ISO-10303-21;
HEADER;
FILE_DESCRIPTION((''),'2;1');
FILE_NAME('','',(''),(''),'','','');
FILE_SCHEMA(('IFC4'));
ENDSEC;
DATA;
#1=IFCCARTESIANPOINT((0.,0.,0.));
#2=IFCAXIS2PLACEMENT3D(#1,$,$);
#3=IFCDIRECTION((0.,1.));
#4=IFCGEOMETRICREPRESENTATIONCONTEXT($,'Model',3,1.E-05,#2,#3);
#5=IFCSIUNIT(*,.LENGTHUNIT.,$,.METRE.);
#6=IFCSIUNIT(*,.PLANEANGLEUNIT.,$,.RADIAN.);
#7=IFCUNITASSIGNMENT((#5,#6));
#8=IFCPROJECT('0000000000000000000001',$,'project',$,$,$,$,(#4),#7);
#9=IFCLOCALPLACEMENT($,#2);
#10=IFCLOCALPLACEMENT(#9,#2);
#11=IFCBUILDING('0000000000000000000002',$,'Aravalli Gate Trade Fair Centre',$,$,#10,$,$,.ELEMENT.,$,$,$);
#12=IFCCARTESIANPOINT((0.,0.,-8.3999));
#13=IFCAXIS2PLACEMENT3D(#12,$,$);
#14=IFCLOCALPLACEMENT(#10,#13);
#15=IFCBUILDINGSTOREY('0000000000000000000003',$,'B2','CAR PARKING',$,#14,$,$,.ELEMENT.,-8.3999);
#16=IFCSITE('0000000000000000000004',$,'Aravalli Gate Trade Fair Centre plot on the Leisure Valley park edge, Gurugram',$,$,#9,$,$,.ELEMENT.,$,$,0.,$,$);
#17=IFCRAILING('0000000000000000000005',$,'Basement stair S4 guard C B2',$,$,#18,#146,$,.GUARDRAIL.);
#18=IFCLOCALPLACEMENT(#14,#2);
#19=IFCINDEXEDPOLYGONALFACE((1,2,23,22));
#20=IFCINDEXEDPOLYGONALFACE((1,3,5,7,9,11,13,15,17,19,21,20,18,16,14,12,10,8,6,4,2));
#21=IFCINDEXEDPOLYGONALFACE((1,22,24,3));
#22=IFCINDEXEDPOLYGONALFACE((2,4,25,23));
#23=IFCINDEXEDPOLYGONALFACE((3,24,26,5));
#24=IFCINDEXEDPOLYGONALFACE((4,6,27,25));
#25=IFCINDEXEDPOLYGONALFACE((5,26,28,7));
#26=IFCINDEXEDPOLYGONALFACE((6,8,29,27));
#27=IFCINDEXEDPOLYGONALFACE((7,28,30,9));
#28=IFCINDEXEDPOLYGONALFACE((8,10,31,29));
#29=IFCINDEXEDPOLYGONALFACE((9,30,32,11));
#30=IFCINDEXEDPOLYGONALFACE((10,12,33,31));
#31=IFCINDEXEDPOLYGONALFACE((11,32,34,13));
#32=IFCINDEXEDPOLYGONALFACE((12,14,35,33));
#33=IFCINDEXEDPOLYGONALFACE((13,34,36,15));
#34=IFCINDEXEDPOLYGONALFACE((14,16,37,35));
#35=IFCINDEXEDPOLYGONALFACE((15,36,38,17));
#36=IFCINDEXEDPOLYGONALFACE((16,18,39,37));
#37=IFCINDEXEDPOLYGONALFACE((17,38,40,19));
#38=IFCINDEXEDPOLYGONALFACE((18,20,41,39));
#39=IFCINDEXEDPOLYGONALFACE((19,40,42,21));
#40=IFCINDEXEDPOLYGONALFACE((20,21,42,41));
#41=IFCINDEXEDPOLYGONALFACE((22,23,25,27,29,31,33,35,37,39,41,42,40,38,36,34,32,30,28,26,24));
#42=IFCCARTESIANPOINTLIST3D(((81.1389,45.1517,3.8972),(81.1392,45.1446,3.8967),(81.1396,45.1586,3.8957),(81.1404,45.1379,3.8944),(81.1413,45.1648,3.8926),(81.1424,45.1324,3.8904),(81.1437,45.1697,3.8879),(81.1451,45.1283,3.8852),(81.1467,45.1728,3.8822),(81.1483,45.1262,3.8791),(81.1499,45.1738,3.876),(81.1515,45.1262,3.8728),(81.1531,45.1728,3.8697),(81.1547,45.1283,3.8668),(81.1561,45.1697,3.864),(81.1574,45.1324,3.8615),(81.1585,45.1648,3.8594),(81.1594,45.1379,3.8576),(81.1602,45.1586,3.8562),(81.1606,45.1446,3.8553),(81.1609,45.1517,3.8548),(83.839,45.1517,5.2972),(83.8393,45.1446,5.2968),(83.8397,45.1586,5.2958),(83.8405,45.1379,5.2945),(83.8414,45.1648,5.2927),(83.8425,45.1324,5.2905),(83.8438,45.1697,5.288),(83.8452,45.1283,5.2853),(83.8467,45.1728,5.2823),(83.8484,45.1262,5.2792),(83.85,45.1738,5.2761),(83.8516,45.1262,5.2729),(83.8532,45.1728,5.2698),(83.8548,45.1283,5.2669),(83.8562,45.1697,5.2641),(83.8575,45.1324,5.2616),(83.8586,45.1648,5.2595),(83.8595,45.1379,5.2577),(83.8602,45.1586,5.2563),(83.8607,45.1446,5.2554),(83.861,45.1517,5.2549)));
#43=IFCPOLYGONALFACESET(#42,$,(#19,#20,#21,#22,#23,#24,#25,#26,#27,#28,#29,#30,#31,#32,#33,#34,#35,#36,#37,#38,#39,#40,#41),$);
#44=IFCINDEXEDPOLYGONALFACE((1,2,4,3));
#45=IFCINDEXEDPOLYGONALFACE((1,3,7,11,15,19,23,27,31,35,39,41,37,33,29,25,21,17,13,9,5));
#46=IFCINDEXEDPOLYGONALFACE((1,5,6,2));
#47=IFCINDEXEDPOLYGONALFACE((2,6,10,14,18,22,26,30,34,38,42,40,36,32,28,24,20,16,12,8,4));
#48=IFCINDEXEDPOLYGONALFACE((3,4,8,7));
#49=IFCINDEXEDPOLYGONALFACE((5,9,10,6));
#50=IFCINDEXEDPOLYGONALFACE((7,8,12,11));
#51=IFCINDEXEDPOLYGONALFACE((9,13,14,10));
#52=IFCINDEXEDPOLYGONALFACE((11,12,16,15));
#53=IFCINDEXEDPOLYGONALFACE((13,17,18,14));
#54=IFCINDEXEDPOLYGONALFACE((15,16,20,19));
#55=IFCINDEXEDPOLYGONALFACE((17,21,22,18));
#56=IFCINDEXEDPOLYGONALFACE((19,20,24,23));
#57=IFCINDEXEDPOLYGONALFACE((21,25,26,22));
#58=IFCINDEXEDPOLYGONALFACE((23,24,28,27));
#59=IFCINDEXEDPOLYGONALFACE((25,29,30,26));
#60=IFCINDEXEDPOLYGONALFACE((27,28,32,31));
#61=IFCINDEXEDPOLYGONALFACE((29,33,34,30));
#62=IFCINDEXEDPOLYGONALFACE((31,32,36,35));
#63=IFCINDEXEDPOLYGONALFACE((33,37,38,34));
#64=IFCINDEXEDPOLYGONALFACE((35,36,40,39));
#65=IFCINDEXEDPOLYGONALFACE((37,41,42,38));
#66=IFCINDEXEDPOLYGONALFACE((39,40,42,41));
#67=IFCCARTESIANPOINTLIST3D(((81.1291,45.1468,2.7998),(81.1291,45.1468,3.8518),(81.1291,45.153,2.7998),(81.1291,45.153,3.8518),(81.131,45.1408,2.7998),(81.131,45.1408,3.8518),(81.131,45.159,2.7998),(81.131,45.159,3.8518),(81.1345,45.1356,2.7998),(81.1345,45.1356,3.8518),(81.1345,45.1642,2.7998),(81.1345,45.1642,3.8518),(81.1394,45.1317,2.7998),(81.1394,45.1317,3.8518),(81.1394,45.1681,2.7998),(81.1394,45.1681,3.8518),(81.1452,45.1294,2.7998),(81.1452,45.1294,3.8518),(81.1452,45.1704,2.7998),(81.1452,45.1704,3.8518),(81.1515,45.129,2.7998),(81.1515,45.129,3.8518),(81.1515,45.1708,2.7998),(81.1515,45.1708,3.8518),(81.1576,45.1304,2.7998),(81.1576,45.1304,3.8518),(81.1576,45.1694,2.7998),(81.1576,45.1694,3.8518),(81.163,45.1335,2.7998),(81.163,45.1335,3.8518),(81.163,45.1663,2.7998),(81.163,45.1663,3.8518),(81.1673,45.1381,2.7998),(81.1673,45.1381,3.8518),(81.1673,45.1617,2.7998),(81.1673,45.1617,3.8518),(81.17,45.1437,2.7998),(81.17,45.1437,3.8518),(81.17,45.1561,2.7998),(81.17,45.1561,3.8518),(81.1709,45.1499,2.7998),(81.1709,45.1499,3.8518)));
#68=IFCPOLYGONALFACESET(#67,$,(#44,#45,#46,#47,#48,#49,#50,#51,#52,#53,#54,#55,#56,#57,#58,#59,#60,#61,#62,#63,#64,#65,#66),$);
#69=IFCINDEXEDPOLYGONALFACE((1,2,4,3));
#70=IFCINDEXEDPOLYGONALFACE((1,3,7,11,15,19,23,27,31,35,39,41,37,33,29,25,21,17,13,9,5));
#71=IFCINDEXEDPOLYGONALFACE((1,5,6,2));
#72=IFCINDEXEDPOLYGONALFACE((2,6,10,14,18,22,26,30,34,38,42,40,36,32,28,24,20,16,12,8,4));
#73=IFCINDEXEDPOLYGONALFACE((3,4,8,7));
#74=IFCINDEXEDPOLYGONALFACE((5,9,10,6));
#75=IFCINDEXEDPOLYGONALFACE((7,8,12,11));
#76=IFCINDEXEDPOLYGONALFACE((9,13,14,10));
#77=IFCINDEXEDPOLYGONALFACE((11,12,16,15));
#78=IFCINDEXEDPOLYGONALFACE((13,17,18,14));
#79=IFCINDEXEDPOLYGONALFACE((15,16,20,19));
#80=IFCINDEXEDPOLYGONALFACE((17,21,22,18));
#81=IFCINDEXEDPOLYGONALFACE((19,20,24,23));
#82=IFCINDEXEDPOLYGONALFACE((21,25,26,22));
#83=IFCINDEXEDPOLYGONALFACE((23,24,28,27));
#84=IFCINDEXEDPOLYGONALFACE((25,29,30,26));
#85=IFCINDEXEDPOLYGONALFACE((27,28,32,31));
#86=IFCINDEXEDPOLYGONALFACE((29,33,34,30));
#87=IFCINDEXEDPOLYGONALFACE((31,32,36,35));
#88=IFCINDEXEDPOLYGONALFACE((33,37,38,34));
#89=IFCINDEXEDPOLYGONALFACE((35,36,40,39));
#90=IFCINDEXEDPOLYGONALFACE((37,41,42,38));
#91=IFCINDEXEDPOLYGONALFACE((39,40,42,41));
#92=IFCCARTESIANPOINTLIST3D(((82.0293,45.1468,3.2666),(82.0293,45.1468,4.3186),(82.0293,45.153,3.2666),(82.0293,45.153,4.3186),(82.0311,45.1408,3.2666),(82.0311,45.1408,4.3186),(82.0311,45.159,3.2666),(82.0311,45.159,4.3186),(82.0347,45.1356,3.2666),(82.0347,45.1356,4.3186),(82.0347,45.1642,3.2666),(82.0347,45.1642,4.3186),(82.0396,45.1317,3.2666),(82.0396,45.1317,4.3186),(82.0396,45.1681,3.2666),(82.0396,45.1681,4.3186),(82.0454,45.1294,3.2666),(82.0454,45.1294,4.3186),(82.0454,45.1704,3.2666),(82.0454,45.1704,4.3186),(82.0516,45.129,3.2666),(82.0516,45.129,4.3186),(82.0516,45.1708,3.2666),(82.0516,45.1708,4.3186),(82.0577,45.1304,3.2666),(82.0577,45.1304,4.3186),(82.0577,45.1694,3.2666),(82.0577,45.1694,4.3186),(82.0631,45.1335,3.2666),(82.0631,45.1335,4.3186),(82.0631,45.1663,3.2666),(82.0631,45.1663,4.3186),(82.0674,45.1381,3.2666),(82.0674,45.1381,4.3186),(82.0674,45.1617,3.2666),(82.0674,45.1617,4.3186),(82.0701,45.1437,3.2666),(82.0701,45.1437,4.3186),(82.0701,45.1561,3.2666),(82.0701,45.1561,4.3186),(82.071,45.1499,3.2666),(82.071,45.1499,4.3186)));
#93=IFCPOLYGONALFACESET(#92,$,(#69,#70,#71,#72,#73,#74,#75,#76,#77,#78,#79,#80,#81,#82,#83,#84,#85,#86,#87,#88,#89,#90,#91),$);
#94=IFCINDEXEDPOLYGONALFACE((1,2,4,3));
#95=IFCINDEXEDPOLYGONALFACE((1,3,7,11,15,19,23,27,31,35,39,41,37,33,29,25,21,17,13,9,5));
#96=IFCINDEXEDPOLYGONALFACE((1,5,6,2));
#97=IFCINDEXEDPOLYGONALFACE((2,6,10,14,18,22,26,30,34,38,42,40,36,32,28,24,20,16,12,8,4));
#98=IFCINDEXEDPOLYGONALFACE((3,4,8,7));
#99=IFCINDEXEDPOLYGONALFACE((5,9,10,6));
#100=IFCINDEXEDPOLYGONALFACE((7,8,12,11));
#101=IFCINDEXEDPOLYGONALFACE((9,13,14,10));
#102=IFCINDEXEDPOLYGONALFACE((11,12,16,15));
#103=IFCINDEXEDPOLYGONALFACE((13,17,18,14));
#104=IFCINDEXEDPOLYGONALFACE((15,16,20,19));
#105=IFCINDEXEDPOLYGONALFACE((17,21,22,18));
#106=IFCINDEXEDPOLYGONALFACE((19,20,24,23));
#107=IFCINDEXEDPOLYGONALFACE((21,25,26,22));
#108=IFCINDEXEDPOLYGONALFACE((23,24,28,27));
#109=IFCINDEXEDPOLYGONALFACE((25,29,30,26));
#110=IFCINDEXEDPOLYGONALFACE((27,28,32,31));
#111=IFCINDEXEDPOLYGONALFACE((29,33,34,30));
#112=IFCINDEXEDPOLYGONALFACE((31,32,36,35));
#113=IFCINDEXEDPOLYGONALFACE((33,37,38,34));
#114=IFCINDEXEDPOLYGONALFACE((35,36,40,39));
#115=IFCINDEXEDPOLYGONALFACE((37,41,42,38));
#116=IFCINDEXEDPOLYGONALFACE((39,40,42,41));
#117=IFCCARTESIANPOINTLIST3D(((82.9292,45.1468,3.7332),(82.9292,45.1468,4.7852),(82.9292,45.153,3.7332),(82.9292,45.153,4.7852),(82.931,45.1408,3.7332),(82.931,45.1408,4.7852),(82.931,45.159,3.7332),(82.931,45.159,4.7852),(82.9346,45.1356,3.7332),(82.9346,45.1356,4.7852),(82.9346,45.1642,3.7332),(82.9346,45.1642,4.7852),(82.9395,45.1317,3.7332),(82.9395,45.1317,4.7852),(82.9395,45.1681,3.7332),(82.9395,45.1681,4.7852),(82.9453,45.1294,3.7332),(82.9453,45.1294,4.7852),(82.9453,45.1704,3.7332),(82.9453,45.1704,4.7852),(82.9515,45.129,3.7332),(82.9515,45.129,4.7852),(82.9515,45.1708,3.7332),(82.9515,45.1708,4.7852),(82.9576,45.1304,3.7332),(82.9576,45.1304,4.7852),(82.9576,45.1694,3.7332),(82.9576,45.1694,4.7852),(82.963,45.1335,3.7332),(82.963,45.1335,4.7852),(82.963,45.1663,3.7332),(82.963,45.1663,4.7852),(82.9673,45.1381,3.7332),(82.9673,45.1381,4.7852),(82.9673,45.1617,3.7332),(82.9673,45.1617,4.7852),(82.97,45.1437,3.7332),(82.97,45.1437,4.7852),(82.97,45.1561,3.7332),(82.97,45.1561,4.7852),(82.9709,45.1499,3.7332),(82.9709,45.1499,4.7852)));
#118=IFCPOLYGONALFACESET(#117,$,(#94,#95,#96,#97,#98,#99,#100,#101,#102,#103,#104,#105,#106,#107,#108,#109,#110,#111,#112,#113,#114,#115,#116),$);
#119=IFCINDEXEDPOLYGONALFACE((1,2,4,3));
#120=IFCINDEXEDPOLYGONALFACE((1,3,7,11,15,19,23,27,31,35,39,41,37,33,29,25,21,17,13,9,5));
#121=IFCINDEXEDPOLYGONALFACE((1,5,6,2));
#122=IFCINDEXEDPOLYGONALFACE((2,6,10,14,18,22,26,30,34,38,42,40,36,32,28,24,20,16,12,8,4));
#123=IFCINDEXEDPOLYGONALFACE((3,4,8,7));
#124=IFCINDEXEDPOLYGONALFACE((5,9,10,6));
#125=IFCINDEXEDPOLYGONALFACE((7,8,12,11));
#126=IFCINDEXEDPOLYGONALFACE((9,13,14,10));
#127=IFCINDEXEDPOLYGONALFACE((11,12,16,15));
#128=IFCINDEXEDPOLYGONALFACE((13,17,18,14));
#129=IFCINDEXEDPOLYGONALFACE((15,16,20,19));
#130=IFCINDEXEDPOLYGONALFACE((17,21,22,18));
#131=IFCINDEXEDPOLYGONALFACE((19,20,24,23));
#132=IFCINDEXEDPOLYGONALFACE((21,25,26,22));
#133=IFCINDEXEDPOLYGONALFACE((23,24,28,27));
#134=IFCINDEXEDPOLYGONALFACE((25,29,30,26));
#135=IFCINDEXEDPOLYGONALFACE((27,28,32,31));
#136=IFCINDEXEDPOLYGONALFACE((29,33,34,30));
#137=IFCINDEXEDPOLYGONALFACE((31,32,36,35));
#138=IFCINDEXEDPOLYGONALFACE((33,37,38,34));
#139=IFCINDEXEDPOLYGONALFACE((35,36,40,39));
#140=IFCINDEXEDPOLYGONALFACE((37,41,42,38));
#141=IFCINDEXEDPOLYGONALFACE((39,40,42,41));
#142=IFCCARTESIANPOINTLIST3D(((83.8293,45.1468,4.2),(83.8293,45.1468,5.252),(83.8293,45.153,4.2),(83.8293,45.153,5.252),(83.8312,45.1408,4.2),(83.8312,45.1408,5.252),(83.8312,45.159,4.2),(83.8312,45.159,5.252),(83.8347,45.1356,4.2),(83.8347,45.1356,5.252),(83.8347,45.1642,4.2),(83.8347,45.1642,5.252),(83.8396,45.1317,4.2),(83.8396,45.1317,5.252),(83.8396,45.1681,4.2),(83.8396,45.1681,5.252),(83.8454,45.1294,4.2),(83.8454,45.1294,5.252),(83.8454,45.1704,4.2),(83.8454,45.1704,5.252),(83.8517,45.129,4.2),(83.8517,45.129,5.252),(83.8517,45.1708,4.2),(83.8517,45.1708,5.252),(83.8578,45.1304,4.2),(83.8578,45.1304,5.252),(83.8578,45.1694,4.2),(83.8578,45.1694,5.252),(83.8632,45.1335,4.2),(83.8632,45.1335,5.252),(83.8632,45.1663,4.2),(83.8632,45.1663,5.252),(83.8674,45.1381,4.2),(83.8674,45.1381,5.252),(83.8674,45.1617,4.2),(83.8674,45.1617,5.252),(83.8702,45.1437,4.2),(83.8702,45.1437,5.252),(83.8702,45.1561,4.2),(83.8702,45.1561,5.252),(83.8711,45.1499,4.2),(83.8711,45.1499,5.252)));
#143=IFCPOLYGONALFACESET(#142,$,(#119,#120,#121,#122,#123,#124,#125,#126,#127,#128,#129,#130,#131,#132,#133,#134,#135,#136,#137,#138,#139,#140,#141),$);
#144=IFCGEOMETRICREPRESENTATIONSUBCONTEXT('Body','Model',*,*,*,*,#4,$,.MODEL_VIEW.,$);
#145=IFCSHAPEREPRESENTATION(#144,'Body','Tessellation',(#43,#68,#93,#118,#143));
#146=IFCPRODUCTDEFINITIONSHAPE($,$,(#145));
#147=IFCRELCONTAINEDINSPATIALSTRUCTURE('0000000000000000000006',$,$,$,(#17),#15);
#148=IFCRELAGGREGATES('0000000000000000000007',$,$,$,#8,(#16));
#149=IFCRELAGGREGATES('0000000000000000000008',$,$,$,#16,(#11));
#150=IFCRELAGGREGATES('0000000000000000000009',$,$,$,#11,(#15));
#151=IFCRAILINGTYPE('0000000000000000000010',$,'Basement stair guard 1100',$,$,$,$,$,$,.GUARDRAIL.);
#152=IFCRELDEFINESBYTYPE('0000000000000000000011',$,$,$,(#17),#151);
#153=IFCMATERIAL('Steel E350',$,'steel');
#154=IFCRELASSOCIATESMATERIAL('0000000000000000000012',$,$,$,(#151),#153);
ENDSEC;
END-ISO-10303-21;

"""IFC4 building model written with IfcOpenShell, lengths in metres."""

from ifc_helpers import new_model, si_unit, direction, frame, origin, origin_2d, place, context, subcontext, project, spatial, circle, extrude, material, type_object, element, save


model = new_model("IFC4")

# Units and contexts
model_context = context("Model", 3, precision=1e-05, world=origin(), true_north=direction((0.0, 1.0)))
body_context = subcontext(model_context, "Body", "Model", "MODEL_VIEW")
ifc_project = project(units=[si_unit("LENGTHUNIT", "METRE"), si_unit("PLANEANGLEUNIT", "RADIAN")], contexts=[model_context])

# Site, building, storey
site_placement = place(None, origin())
site = spatial("IfcSite", under=ifc_project, at=site_placement, Name="Aravalli Gate Trade Fair Centre plot on the Leisure Valley park edge, Gurugram", CompositionType="ELEMENT", RefElevation=0.0)
building_placement = place(site_placement, origin())
building = spatial("IfcBuilding", under=site, at=building_placement, Name="Aravalli Gate Trade Fair Centre", CompositionType="ELEMENT")
storey_placement = place(building_placement, frame((0.0, 0.0, -8.3999)))
storey = spatial("IfcBuildingStorey", under=building, at=storey_placement, Name="B2", Description="CAR PARKING", CompositionType="ELEMENT", Elevation=-8.3999)

# Railing
ifc_material_1 = material(Name="Steel E350", Category="steel")
railing_type_1 = type_object("IfcRailingType", Name="Basement stair guard 1100", PredefinedType="GUARDRAIL", material=ifc_material_1)
railing_1_placement = place(storey_placement, frame((81.1499, 45.1499, 2.7998)))
element("IfcRailing", 1, at=railing_1_placement, inside=storey, type_object=railing_type_1, Name="Basement stair S4 guard C B2", PredefinedType="GUARDRAIL", context=body_context, shape_type="SweptSolid", body=[
    extrude(circle(Radius=0.0239, at=origin_2d()), frame((0.0, 0.0, 1.0762), z_axis=(0.887748, 0.0, 0.460329), x_axis=(0.0, 1.0, 0.0)), (0.0, 0.0, 1.0), 3.0415),
    extrude(circle(Radius=0.021, at=origin_2d()), origin(), (0.0, 0.0, 1.0), 1.052),
    extrude(circle(Radius=0.021, at=origin_2d()), frame((0.9001, 0.0, 0.4668)), (0.0, 0.0, 1.0), 1.052),
    extrude(circle(Radius=0.021, at=origin_2d()), frame((1.8, 0.0, 0.9333)), (0.0, 0.0, 1.0), 1.052),
    extrude(circle(Radius=0.021, at=origin_2d()), frame((2.7002, 0.0, 1.4001)), (0.0, 0.0, 1.0), 1.052),
])

save(model, "model.ifc")
